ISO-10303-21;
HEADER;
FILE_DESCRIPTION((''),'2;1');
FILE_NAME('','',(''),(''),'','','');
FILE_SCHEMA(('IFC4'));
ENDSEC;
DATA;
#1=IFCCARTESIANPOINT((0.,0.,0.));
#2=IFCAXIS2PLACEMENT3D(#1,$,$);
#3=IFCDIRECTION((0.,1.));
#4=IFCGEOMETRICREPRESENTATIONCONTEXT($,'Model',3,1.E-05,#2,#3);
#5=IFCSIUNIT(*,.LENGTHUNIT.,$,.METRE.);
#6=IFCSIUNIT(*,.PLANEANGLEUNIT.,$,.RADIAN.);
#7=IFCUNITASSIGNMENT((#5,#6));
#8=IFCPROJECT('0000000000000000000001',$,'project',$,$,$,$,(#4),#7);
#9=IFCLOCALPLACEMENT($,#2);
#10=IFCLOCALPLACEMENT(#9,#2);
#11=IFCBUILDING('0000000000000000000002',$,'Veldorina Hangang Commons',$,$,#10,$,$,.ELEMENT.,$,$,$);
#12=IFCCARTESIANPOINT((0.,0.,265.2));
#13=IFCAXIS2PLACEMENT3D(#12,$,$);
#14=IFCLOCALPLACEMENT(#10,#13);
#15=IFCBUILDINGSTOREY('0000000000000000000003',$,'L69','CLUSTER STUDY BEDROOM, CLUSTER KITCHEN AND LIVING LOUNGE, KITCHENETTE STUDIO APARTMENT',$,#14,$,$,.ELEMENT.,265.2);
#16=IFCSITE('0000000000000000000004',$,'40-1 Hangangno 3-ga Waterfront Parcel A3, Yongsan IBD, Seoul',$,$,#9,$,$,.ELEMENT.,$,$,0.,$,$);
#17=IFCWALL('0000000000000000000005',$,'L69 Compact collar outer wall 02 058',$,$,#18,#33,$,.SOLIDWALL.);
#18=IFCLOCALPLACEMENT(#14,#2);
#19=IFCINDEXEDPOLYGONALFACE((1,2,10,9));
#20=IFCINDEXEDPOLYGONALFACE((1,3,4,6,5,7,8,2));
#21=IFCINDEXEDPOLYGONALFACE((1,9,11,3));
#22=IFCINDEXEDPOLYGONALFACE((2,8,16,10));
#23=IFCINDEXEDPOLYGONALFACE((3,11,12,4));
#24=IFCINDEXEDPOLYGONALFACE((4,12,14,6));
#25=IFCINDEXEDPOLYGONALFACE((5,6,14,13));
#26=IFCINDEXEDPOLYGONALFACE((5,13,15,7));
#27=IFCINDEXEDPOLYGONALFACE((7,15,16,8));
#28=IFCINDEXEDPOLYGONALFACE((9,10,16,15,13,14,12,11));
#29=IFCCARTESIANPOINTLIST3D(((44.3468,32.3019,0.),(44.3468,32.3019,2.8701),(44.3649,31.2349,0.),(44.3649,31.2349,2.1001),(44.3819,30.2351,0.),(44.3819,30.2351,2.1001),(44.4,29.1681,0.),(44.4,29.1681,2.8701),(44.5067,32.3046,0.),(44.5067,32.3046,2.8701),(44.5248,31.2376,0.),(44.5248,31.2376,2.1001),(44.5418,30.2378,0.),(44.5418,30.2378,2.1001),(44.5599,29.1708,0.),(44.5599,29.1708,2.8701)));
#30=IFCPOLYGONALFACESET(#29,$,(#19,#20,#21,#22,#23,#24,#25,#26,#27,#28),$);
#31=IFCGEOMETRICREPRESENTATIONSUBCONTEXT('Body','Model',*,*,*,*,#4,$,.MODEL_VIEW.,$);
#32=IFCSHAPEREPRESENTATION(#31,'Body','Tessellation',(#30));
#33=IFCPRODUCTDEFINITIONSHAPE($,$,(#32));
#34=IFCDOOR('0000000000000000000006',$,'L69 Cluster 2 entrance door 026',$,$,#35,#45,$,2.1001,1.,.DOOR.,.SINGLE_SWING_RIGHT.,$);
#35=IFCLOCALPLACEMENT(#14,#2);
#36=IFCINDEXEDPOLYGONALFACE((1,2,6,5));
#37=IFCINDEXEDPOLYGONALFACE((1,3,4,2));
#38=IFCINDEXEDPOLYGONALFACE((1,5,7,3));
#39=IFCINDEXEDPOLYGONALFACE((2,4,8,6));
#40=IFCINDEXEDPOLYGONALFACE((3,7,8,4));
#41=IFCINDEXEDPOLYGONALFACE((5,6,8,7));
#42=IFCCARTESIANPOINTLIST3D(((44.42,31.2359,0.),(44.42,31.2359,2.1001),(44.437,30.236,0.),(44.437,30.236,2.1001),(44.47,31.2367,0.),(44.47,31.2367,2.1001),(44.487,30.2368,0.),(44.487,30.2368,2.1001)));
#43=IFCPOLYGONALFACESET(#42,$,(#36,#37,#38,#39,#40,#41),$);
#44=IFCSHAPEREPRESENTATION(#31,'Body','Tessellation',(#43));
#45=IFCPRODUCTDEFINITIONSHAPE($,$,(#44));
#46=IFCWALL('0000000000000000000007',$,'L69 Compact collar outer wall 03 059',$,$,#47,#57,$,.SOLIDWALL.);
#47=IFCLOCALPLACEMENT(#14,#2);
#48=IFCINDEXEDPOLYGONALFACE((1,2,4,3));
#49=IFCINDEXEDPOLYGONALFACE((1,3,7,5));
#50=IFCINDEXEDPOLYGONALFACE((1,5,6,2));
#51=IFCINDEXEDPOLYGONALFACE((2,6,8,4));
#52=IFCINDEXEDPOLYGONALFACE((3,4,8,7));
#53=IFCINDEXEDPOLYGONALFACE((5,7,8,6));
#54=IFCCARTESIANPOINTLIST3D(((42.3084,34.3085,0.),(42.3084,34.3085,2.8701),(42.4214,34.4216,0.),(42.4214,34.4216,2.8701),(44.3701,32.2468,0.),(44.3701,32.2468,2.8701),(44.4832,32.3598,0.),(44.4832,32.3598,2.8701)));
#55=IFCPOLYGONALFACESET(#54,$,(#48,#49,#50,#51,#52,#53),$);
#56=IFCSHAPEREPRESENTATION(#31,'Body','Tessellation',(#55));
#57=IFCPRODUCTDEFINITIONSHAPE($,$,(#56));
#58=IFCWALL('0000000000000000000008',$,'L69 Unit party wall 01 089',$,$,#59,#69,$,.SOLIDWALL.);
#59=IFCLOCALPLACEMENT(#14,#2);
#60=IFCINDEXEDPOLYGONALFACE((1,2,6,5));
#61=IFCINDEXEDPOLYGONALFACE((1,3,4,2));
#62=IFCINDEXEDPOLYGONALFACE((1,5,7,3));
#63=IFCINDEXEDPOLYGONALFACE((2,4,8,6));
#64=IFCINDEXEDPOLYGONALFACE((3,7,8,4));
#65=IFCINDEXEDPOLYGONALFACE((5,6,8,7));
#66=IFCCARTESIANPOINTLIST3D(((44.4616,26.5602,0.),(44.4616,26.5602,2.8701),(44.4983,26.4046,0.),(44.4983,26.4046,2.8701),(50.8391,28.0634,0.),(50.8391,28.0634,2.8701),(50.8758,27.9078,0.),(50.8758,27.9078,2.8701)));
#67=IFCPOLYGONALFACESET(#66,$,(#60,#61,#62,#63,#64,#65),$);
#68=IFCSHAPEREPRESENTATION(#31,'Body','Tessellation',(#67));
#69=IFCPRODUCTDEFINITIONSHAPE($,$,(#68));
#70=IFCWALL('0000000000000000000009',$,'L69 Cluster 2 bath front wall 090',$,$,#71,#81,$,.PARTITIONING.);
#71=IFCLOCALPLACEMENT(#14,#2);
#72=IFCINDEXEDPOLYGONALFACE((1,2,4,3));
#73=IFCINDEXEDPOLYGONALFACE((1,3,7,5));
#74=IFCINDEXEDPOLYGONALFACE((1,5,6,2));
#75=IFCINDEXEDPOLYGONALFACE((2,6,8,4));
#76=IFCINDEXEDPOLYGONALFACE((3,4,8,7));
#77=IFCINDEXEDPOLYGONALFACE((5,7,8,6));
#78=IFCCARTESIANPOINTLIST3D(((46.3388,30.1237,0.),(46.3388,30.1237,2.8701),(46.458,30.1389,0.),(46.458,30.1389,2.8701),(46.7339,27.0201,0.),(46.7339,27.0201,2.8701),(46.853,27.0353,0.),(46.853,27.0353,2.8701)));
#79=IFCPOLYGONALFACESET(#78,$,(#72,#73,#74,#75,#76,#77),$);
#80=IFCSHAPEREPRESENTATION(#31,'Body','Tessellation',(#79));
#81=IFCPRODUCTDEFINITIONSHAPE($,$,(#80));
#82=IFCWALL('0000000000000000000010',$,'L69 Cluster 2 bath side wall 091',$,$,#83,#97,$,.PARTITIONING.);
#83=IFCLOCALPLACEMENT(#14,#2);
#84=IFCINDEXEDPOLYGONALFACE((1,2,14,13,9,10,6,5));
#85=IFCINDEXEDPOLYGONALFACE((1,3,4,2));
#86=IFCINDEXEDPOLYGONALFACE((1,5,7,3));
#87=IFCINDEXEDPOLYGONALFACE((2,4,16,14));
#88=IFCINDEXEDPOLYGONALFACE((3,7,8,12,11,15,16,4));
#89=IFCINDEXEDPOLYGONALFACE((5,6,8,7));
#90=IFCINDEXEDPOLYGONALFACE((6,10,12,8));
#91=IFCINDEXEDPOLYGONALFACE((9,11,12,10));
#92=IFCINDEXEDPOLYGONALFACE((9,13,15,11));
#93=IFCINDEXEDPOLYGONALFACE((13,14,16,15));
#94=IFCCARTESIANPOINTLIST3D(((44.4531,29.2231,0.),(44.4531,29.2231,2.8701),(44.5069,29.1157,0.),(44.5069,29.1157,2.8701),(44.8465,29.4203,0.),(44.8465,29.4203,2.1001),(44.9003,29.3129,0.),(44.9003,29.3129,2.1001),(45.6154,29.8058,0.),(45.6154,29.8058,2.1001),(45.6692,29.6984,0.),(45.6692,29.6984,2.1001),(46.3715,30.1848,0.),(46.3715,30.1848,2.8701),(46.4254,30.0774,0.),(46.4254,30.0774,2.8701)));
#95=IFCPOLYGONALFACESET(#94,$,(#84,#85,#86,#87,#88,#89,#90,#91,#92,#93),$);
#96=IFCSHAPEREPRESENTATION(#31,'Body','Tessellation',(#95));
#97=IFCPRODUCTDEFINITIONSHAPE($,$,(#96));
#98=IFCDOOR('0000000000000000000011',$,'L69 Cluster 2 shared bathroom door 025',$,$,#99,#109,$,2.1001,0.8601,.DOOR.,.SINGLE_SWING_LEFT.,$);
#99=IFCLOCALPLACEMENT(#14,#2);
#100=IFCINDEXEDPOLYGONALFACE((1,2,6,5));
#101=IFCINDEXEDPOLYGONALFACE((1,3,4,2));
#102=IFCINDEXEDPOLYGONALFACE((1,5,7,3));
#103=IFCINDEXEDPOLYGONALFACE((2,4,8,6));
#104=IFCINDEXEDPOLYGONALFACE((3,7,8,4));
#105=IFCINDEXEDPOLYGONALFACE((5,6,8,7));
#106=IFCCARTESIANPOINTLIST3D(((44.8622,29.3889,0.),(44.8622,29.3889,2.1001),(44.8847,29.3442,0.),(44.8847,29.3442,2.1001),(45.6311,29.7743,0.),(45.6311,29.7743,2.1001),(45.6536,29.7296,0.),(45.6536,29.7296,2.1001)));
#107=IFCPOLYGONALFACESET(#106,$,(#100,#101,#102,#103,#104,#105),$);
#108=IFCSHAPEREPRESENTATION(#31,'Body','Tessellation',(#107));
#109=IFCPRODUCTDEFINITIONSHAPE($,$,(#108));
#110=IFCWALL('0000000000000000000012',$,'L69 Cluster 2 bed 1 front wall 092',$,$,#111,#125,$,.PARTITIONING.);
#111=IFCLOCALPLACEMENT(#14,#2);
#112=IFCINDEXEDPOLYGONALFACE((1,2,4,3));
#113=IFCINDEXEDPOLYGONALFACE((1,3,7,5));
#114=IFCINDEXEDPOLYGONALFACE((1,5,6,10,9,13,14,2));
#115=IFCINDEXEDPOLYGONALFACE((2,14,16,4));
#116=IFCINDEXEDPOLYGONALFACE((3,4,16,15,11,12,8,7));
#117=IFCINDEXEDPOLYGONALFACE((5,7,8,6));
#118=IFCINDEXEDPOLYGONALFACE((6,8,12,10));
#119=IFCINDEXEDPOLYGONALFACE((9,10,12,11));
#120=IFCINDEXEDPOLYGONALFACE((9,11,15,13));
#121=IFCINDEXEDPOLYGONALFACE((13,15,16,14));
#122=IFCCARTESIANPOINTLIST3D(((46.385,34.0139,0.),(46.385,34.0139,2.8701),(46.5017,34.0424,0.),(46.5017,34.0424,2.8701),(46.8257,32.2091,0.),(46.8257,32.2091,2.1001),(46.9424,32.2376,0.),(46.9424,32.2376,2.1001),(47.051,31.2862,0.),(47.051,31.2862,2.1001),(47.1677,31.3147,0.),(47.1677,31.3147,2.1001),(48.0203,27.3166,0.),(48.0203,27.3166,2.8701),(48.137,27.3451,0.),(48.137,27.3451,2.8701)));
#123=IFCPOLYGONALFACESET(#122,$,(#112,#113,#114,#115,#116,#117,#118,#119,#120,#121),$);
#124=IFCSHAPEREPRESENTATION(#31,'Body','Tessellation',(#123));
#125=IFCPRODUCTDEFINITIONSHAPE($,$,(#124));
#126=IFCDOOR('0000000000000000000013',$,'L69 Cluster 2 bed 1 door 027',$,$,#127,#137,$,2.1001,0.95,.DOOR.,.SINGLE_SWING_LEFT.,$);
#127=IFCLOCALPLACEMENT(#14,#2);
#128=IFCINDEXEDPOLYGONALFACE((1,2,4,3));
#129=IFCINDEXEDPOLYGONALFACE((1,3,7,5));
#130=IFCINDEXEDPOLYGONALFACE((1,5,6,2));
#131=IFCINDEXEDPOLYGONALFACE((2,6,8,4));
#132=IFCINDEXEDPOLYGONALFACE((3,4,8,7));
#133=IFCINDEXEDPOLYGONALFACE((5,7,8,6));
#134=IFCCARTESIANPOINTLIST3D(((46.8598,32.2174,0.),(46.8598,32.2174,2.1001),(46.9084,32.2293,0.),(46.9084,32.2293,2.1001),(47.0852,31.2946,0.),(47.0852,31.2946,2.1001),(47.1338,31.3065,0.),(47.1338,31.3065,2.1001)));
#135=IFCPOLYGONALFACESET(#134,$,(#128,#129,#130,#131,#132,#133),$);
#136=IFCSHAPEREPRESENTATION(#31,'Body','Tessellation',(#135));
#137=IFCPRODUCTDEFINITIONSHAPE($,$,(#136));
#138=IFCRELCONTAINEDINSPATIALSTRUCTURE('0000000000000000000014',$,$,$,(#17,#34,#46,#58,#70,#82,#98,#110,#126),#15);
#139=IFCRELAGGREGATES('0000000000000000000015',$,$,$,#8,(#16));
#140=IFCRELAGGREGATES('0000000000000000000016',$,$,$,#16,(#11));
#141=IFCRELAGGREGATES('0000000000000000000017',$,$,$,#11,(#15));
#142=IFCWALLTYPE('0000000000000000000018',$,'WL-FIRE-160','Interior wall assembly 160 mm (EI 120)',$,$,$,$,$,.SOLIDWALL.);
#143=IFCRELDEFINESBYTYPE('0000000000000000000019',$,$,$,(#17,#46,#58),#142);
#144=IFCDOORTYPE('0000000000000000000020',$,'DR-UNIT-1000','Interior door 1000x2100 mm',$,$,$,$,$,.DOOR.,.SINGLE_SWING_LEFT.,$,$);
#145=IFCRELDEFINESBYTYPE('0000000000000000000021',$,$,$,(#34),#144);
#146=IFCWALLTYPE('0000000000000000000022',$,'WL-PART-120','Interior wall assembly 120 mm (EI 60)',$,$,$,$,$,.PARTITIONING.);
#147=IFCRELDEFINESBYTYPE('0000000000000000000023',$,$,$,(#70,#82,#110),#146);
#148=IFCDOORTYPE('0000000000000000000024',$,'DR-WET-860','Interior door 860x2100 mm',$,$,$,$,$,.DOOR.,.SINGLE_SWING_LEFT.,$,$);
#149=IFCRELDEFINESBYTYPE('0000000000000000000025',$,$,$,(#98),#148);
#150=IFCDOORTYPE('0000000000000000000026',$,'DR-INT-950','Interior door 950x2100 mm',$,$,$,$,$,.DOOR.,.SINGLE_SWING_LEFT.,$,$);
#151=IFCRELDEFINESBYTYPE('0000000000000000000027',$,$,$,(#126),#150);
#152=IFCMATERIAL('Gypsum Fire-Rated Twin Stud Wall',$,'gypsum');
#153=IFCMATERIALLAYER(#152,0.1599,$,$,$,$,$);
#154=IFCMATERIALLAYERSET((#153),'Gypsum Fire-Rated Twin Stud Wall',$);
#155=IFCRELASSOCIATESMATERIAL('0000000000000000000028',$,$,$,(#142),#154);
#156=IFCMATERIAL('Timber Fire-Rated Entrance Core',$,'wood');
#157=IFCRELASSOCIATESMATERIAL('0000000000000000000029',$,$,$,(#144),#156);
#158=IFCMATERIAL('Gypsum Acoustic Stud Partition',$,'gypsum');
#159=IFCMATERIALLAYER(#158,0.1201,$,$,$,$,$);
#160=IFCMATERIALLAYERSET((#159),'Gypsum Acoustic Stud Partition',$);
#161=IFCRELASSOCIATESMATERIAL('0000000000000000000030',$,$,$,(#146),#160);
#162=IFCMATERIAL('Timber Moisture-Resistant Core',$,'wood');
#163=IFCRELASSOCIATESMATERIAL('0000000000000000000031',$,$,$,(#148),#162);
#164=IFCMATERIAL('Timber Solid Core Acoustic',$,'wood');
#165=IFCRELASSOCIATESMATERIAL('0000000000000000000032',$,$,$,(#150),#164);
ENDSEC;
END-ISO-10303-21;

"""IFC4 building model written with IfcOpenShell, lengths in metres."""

from ifc_helpers import new_model, si_unit, direction, frame, frame_2d, origin, place, context, subcontext, project, spatial, rectangle, extrude, material, layer, layer_set, type_object, element, fill, save


model = new_model("IFC4")

# Units and contexts
model_context = context("Model", 3, precision=1e-05, world=origin(), true_north=direction((0.0, 1.0)))
body_context = subcontext(model_context, "Body", "Model", "MODEL_VIEW")
ifc_project = project(units=[si_unit("LENGTHUNIT", "METRE"), si_unit("PLANEANGLEUNIT", "RADIAN")], contexts=[model_context])

# Site, building, storey
site_placement = place(None, origin())
site = spatial("IfcSite", under=ifc_project, at=site_placement, Name="40-1 Hangangno 3-ga Waterfront Parcel A3, Yongsan IBD, Seoul", CompositionType="ELEMENT", RefElevation=0.0)
building_placement = place(site_placement, origin())
building = spatial("IfcBuilding", under=site, at=building_placement, Name="Veldorina Hangang Commons", CompositionType="ELEMENT")
storey_placement = place(building_placement, frame((0.0, 0.0, 265.2)))
storey = spatial("IfcBuildingStorey", under=building, at=storey_placement, Name="L69", Description="CLUSTER STUDY BEDROOM, CLUSTER KITCHEN AND LIVING LOUNGE, KITCHENETTE STUDIO APARTMENT", CompositionType="ELEMENT", Elevation=265.2)

# Shared definitions
ifc_material_1 = material(Name="Gypsum Fire-Rated Twin Stud Wall", Category="gypsum")
ifc_layer_1 = layer(ifc_material_1, 0.1599)
ifc_layer_set_1 = layer_set([ifc_layer_1], Name="Gypsum Fire-Rated Twin Stud Wall")
wall_type_1 = type_object("IfcWallType", Name="WL-FIRE-160", Description="Interior wall assembly 160 mm (EI 120)", PredefinedType="SOLIDWALL", material=ifc_layer_set_1)

# Wall, opening, door
wall_1_placement = place(storey_placement, frame((44.48, 29.1694, 0.0), z_axis=(0.0, 0.0, 1.0), x_axis=(-0.016981, 0.999856, 0.0)))
wall_1 = element("IfcWall", 1, at=wall_1_placement, inside=storey, type_object=wall_type_1, Name="L69 Compact collar outer wall 02 058", PredefinedType="SOLIDWALL", context=body_context, shape_type="SweptSolid", body=[
    extrude(rectangle(XDim=3.1343, YDim=0.1599, at=frame_2d((1.5671, 0.0))), origin(), (0.0, 0.0, 1.0), 2.8701),
])
opening_1_placement = place(wall_1_placement, frame((1.0671, 0.0, 0.0)))
opening_1 = element("IfcOpeningElement", 2, at=opening_1_placement, cuts=wall_1, PredefinedType="OPENING", context=body_context, shape_type="SweptSolid", body=[
    extrude(rectangle(XDim=1.0, YDim=2.1001, at=frame_2d((0.5, 1.05))), frame((0.0, 0.0898, 0.0), z_axis=(0.0, -1.0, 0.0), x_axis=(1.0, 0.0, 0.0)), (0.0, 0.0, 1.0), 0.1799),
])
ifc_material_2 = material(Name="Timber Fire-Rated Entrance Core", Category="wood")
door_type_1 = type_object("IfcDoorType", Name="DR-UNIT-1000", Description="Interior door 1000x2100 mm", OperationType="SINGLE_SWING_LEFT", PredefinedType="DOOR", material=ifc_material_2)
door_1_placement = place(opening_1_placement, origin())
door_1 = element("IfcDoor", 3, at=door_1_placement, inside=storey, type_object=door_type_1, Name="L69 Cluster 2 entrance door 026", OperationType="SINGLE_SWING_RIGHT", OverallHeight=2.1001, OverallWidth=1.0, PredefinedType="DOOR", context=body_context, shape_type="SweptSolid", body=[
    extrude(rectangle(XDim=1.0, YDim=2.1001, at=frame_2d((0.5, 1.05))), frame((0.0, 0.0249, 0.0), z_axis=(0.0, -1.0, 0.0), x_axis=(1.0, 0.0, 0.0)), (0.0, 0.0, 1.0), 0.05),
])
fill(opening_1, door_1)

# Walls
wall_2_placement = place(storey_placement, frame((44.4268, 32.3032, 0.0), z_axis=(0.0, 0.0, 1.0), x_axis=(-0.707107, 0.707107, 0.0)))
element("IfcWall", 4, at=wall_2_placement, inside=storey, type_object=wall_type_1, Name="L69 Compact collar outer wall 03 059", PredefinedType="SOLIDWALL", context=body_context, shape_type="SweptSolid", body=[
    extrude(rectangle(XDim=2.9158, YDim=0.1599, at=frame_2d((1.458, 0.0))), origin(), (0.0, 0.0, 1.0), 2.8701),
])
wall_3_placement = place(storey_placement, frame((44.48, 26.4824, 0.0), z_axis=(0.0, 0.0, 1.0), x_axis=(0.973329, 0.229415, 0.0)))
element("IfcWall", 5, at=wall_3_placement, inside=storey, type_object=wall_type_1, Name="L69 Unit party wall 01 089", PredefinedType="SOLIDWALL", context=body_context, shape_type="SweptSolid", body=[
    extrude(rectangle(XDim=6.5522, YDim=0.1599, at=frame_2d((3.2761, 0.0))), origin(), (0.0, 0.0, 1.0), 2.8701),
])
ifc_material_3 = material(Name="Gypsum Acoustic Stud Partition", Category="gypsum")
ifc_layer_2 = layer(ifc_material_3, 0.1201)
ifc_layer_set_2 = layer_set([ifc_layer_2], Name="Gypsum Acoustic Stud Partition")
wall_type_2 = type_object("IfcWallType", Name="WL-PART-120", Description="Interior wall assembly 120 mm (EI 60)", PredefinedType="PARTITIONING", material=ifc_layer_set_2)
wall_4_placement = place(storey_placement, frame((46.7935, 27.0276, 0.0), z_axis=(0.0, 0.0, 1.0), x_axis=(-0.126263, 0.991997, 0.0)))
element("IfcWall", 6, at=wall_4_placement, inside=storey, type_object=wall_type_2, Name="L69 Cluster 2 bath front wall 090", PredefinedType="PARTITIONING", context=body_context, shape_type="SweptSolid", body=[
    extrude(rectangle(XDim=3.1287, YDim=0.1201, at=frame_2d((1.5645, 0.0))), origin(), (0.0, 0.0, 1.0), 2.8701),
])

# Walls, openings, doors
wall_5_placement = place(storey_placement, frame((44.48, 29.1694, 0.0), z_axis=(0.0, 0.0, 1.0), x_axis=(0.893972, 0.448123, 0.0)))
wall_5 = element("IfcWall", 7, at=wall_5_placement, inside=storey, type_object=wall_type_2, Name="L69 Cluster 2 bath side wall 091", PredefinedType="PARTITIONING", context=body_context, shape_type="SweptSolid", body=[
    extrude(rectangle(XDim=2.146, YDim=0.1201, at=frame_2d((1.073, 0.0))), origin(), (0.0, 0.0, 1.0), 2.8701),
])
opening_2_placement = place(wall_5_placement, frame((0.4399, 0.0, 0.0)))
opening_2 = element("IfcOpeningElement", 8, at=opening_2_placement, cuts=wall_5, PredefinedType="OPENING", context=body_context, shape_type="SweptSolid", body=[
    extrude(rectangle(XDim=0.8601, YDim=2.1001, at=frame_2d((0.4302, 1.05))), frame((0.0, 0.0701, 0.0), z_axis=(0.0, -1.0, 0.0), x_axis=(1.0, 0.0, 0.0)), (0.0, 0.0, 1.0), 0.1401),
])
ifc_material_4 = material(Name="Timber Moisture-Resistant Core", Category="wood")
door_type_2 = type_object("IfcDoorType", Name="DR-WET-860", Description="Interior door 860x2100 mm", OperationType="SINGLE_SWING_LEFT", PredefinedType="DOOR", material=ifc_material_4)
door_2_placement = place(opening_2_placement, origin())
door_2 = element("IfcDoor", 9, at=door_2_placement, inside=storey, type_object=door_type_2, Name="L69 Cluster 2 shared bathroom door 025", OperationType="SINGLE_SWING_LEFT", OverallHeight=2.1001, OverallWidth=0.8601, PredefinedType="DOOR", context=body_context, shape_type="SweptSolid", body=[
    extrude(rectangle(XDim=0.8601, YDim=2.1001, at=frame_2d((0.4302, 1.05))), frame((0.0, 0.0249, 0.0), z_axis=(0.0, -1.0, 0.0), x_axis=(1.0, 0.0, 0.0)), (0.0, 0.0, 1.0), 0.05),
])
fill(opening_2, door_2)
wall_6_placement = place(storey_placement, frame((48.0786, 27.3308, 0.0), z_axis=(0.0, 0.0, 1.0), x_axis=(-0.237199, 0.971461, 0.0)))
wall_6 = element("IfcWall", 10, at=wall_6_placement, inside=storey, type_object=wall_type_2, Name="L69 Cluster 2 bed 1 front wall 092", PredefinedType="PARTITIONING", context=body_context, shape_type="SweptSolid", body=[
    extrude(rectangle(XDim=6.894, YDim=0.1201, at=frame_2d((3.447, 0.0))), origin(), (0.0, 0.0, 1.0), 2.8701),
])
opening_3_placement = place(wall_6_placement, frame((4.0862, 0.0, 0.0)))
opening_3 = element("IfcOpeningElement", 11, at=opening_3_placement, cuts=wall_6, PredefinedType="OPENING", context=body_context, shape_type="SweptSolid", body=[
    extrude(rectangle(XDim=0.95, YDim=2.1001, at=frame_2d((0.4751, 1.05))), frame((0.0, 0.0701, 0.0), z_axis=(0.0, -1.0, 0.0), x_axis=(1.0, 0.0, 0.0)), (0.0, 0.0, 1.0), 0.1401),
])
ifc_material_5 = material(Name="Timber Solid Core Acoustic", Category="wood")
door_type_3 = type_object("IfcDoorType", Name="DR-INT-950", Description="Interior door 950x2100 mm", OperationType="SINGLE_SWING_LEFT", PredefinedType="DOOR", material=ifc_material_5)
door_3_placement = place(opening_3_placement, origin())
door_3 = element("IfcDoor", 12, at=door_3_placement, inside=storey, type_object=door_type_3, Name="L69 Cluster 2 bed 1 door 027", OperationType="SINGLE_SWING_LEFT", OverallHeight=2.1001, OverallWidth=0.95, PredefinedType="DOOR", context=body_context, shape_type="SweptSolid", body=[
    extrude(rectangle(XDim=0.95, YDim=2.1001, at=frame_2d((0.4751, 1.05))), frame((0.0, 0.0249, 0.0), z_axis=(0.0, -1.0, 0.0), x_axis=(1.0, 0.0, 0.0)), (0.0, 0.0, 1.0), 0.05),
])
fill(opening_3, door_3)

save(model, "model.ifc")
